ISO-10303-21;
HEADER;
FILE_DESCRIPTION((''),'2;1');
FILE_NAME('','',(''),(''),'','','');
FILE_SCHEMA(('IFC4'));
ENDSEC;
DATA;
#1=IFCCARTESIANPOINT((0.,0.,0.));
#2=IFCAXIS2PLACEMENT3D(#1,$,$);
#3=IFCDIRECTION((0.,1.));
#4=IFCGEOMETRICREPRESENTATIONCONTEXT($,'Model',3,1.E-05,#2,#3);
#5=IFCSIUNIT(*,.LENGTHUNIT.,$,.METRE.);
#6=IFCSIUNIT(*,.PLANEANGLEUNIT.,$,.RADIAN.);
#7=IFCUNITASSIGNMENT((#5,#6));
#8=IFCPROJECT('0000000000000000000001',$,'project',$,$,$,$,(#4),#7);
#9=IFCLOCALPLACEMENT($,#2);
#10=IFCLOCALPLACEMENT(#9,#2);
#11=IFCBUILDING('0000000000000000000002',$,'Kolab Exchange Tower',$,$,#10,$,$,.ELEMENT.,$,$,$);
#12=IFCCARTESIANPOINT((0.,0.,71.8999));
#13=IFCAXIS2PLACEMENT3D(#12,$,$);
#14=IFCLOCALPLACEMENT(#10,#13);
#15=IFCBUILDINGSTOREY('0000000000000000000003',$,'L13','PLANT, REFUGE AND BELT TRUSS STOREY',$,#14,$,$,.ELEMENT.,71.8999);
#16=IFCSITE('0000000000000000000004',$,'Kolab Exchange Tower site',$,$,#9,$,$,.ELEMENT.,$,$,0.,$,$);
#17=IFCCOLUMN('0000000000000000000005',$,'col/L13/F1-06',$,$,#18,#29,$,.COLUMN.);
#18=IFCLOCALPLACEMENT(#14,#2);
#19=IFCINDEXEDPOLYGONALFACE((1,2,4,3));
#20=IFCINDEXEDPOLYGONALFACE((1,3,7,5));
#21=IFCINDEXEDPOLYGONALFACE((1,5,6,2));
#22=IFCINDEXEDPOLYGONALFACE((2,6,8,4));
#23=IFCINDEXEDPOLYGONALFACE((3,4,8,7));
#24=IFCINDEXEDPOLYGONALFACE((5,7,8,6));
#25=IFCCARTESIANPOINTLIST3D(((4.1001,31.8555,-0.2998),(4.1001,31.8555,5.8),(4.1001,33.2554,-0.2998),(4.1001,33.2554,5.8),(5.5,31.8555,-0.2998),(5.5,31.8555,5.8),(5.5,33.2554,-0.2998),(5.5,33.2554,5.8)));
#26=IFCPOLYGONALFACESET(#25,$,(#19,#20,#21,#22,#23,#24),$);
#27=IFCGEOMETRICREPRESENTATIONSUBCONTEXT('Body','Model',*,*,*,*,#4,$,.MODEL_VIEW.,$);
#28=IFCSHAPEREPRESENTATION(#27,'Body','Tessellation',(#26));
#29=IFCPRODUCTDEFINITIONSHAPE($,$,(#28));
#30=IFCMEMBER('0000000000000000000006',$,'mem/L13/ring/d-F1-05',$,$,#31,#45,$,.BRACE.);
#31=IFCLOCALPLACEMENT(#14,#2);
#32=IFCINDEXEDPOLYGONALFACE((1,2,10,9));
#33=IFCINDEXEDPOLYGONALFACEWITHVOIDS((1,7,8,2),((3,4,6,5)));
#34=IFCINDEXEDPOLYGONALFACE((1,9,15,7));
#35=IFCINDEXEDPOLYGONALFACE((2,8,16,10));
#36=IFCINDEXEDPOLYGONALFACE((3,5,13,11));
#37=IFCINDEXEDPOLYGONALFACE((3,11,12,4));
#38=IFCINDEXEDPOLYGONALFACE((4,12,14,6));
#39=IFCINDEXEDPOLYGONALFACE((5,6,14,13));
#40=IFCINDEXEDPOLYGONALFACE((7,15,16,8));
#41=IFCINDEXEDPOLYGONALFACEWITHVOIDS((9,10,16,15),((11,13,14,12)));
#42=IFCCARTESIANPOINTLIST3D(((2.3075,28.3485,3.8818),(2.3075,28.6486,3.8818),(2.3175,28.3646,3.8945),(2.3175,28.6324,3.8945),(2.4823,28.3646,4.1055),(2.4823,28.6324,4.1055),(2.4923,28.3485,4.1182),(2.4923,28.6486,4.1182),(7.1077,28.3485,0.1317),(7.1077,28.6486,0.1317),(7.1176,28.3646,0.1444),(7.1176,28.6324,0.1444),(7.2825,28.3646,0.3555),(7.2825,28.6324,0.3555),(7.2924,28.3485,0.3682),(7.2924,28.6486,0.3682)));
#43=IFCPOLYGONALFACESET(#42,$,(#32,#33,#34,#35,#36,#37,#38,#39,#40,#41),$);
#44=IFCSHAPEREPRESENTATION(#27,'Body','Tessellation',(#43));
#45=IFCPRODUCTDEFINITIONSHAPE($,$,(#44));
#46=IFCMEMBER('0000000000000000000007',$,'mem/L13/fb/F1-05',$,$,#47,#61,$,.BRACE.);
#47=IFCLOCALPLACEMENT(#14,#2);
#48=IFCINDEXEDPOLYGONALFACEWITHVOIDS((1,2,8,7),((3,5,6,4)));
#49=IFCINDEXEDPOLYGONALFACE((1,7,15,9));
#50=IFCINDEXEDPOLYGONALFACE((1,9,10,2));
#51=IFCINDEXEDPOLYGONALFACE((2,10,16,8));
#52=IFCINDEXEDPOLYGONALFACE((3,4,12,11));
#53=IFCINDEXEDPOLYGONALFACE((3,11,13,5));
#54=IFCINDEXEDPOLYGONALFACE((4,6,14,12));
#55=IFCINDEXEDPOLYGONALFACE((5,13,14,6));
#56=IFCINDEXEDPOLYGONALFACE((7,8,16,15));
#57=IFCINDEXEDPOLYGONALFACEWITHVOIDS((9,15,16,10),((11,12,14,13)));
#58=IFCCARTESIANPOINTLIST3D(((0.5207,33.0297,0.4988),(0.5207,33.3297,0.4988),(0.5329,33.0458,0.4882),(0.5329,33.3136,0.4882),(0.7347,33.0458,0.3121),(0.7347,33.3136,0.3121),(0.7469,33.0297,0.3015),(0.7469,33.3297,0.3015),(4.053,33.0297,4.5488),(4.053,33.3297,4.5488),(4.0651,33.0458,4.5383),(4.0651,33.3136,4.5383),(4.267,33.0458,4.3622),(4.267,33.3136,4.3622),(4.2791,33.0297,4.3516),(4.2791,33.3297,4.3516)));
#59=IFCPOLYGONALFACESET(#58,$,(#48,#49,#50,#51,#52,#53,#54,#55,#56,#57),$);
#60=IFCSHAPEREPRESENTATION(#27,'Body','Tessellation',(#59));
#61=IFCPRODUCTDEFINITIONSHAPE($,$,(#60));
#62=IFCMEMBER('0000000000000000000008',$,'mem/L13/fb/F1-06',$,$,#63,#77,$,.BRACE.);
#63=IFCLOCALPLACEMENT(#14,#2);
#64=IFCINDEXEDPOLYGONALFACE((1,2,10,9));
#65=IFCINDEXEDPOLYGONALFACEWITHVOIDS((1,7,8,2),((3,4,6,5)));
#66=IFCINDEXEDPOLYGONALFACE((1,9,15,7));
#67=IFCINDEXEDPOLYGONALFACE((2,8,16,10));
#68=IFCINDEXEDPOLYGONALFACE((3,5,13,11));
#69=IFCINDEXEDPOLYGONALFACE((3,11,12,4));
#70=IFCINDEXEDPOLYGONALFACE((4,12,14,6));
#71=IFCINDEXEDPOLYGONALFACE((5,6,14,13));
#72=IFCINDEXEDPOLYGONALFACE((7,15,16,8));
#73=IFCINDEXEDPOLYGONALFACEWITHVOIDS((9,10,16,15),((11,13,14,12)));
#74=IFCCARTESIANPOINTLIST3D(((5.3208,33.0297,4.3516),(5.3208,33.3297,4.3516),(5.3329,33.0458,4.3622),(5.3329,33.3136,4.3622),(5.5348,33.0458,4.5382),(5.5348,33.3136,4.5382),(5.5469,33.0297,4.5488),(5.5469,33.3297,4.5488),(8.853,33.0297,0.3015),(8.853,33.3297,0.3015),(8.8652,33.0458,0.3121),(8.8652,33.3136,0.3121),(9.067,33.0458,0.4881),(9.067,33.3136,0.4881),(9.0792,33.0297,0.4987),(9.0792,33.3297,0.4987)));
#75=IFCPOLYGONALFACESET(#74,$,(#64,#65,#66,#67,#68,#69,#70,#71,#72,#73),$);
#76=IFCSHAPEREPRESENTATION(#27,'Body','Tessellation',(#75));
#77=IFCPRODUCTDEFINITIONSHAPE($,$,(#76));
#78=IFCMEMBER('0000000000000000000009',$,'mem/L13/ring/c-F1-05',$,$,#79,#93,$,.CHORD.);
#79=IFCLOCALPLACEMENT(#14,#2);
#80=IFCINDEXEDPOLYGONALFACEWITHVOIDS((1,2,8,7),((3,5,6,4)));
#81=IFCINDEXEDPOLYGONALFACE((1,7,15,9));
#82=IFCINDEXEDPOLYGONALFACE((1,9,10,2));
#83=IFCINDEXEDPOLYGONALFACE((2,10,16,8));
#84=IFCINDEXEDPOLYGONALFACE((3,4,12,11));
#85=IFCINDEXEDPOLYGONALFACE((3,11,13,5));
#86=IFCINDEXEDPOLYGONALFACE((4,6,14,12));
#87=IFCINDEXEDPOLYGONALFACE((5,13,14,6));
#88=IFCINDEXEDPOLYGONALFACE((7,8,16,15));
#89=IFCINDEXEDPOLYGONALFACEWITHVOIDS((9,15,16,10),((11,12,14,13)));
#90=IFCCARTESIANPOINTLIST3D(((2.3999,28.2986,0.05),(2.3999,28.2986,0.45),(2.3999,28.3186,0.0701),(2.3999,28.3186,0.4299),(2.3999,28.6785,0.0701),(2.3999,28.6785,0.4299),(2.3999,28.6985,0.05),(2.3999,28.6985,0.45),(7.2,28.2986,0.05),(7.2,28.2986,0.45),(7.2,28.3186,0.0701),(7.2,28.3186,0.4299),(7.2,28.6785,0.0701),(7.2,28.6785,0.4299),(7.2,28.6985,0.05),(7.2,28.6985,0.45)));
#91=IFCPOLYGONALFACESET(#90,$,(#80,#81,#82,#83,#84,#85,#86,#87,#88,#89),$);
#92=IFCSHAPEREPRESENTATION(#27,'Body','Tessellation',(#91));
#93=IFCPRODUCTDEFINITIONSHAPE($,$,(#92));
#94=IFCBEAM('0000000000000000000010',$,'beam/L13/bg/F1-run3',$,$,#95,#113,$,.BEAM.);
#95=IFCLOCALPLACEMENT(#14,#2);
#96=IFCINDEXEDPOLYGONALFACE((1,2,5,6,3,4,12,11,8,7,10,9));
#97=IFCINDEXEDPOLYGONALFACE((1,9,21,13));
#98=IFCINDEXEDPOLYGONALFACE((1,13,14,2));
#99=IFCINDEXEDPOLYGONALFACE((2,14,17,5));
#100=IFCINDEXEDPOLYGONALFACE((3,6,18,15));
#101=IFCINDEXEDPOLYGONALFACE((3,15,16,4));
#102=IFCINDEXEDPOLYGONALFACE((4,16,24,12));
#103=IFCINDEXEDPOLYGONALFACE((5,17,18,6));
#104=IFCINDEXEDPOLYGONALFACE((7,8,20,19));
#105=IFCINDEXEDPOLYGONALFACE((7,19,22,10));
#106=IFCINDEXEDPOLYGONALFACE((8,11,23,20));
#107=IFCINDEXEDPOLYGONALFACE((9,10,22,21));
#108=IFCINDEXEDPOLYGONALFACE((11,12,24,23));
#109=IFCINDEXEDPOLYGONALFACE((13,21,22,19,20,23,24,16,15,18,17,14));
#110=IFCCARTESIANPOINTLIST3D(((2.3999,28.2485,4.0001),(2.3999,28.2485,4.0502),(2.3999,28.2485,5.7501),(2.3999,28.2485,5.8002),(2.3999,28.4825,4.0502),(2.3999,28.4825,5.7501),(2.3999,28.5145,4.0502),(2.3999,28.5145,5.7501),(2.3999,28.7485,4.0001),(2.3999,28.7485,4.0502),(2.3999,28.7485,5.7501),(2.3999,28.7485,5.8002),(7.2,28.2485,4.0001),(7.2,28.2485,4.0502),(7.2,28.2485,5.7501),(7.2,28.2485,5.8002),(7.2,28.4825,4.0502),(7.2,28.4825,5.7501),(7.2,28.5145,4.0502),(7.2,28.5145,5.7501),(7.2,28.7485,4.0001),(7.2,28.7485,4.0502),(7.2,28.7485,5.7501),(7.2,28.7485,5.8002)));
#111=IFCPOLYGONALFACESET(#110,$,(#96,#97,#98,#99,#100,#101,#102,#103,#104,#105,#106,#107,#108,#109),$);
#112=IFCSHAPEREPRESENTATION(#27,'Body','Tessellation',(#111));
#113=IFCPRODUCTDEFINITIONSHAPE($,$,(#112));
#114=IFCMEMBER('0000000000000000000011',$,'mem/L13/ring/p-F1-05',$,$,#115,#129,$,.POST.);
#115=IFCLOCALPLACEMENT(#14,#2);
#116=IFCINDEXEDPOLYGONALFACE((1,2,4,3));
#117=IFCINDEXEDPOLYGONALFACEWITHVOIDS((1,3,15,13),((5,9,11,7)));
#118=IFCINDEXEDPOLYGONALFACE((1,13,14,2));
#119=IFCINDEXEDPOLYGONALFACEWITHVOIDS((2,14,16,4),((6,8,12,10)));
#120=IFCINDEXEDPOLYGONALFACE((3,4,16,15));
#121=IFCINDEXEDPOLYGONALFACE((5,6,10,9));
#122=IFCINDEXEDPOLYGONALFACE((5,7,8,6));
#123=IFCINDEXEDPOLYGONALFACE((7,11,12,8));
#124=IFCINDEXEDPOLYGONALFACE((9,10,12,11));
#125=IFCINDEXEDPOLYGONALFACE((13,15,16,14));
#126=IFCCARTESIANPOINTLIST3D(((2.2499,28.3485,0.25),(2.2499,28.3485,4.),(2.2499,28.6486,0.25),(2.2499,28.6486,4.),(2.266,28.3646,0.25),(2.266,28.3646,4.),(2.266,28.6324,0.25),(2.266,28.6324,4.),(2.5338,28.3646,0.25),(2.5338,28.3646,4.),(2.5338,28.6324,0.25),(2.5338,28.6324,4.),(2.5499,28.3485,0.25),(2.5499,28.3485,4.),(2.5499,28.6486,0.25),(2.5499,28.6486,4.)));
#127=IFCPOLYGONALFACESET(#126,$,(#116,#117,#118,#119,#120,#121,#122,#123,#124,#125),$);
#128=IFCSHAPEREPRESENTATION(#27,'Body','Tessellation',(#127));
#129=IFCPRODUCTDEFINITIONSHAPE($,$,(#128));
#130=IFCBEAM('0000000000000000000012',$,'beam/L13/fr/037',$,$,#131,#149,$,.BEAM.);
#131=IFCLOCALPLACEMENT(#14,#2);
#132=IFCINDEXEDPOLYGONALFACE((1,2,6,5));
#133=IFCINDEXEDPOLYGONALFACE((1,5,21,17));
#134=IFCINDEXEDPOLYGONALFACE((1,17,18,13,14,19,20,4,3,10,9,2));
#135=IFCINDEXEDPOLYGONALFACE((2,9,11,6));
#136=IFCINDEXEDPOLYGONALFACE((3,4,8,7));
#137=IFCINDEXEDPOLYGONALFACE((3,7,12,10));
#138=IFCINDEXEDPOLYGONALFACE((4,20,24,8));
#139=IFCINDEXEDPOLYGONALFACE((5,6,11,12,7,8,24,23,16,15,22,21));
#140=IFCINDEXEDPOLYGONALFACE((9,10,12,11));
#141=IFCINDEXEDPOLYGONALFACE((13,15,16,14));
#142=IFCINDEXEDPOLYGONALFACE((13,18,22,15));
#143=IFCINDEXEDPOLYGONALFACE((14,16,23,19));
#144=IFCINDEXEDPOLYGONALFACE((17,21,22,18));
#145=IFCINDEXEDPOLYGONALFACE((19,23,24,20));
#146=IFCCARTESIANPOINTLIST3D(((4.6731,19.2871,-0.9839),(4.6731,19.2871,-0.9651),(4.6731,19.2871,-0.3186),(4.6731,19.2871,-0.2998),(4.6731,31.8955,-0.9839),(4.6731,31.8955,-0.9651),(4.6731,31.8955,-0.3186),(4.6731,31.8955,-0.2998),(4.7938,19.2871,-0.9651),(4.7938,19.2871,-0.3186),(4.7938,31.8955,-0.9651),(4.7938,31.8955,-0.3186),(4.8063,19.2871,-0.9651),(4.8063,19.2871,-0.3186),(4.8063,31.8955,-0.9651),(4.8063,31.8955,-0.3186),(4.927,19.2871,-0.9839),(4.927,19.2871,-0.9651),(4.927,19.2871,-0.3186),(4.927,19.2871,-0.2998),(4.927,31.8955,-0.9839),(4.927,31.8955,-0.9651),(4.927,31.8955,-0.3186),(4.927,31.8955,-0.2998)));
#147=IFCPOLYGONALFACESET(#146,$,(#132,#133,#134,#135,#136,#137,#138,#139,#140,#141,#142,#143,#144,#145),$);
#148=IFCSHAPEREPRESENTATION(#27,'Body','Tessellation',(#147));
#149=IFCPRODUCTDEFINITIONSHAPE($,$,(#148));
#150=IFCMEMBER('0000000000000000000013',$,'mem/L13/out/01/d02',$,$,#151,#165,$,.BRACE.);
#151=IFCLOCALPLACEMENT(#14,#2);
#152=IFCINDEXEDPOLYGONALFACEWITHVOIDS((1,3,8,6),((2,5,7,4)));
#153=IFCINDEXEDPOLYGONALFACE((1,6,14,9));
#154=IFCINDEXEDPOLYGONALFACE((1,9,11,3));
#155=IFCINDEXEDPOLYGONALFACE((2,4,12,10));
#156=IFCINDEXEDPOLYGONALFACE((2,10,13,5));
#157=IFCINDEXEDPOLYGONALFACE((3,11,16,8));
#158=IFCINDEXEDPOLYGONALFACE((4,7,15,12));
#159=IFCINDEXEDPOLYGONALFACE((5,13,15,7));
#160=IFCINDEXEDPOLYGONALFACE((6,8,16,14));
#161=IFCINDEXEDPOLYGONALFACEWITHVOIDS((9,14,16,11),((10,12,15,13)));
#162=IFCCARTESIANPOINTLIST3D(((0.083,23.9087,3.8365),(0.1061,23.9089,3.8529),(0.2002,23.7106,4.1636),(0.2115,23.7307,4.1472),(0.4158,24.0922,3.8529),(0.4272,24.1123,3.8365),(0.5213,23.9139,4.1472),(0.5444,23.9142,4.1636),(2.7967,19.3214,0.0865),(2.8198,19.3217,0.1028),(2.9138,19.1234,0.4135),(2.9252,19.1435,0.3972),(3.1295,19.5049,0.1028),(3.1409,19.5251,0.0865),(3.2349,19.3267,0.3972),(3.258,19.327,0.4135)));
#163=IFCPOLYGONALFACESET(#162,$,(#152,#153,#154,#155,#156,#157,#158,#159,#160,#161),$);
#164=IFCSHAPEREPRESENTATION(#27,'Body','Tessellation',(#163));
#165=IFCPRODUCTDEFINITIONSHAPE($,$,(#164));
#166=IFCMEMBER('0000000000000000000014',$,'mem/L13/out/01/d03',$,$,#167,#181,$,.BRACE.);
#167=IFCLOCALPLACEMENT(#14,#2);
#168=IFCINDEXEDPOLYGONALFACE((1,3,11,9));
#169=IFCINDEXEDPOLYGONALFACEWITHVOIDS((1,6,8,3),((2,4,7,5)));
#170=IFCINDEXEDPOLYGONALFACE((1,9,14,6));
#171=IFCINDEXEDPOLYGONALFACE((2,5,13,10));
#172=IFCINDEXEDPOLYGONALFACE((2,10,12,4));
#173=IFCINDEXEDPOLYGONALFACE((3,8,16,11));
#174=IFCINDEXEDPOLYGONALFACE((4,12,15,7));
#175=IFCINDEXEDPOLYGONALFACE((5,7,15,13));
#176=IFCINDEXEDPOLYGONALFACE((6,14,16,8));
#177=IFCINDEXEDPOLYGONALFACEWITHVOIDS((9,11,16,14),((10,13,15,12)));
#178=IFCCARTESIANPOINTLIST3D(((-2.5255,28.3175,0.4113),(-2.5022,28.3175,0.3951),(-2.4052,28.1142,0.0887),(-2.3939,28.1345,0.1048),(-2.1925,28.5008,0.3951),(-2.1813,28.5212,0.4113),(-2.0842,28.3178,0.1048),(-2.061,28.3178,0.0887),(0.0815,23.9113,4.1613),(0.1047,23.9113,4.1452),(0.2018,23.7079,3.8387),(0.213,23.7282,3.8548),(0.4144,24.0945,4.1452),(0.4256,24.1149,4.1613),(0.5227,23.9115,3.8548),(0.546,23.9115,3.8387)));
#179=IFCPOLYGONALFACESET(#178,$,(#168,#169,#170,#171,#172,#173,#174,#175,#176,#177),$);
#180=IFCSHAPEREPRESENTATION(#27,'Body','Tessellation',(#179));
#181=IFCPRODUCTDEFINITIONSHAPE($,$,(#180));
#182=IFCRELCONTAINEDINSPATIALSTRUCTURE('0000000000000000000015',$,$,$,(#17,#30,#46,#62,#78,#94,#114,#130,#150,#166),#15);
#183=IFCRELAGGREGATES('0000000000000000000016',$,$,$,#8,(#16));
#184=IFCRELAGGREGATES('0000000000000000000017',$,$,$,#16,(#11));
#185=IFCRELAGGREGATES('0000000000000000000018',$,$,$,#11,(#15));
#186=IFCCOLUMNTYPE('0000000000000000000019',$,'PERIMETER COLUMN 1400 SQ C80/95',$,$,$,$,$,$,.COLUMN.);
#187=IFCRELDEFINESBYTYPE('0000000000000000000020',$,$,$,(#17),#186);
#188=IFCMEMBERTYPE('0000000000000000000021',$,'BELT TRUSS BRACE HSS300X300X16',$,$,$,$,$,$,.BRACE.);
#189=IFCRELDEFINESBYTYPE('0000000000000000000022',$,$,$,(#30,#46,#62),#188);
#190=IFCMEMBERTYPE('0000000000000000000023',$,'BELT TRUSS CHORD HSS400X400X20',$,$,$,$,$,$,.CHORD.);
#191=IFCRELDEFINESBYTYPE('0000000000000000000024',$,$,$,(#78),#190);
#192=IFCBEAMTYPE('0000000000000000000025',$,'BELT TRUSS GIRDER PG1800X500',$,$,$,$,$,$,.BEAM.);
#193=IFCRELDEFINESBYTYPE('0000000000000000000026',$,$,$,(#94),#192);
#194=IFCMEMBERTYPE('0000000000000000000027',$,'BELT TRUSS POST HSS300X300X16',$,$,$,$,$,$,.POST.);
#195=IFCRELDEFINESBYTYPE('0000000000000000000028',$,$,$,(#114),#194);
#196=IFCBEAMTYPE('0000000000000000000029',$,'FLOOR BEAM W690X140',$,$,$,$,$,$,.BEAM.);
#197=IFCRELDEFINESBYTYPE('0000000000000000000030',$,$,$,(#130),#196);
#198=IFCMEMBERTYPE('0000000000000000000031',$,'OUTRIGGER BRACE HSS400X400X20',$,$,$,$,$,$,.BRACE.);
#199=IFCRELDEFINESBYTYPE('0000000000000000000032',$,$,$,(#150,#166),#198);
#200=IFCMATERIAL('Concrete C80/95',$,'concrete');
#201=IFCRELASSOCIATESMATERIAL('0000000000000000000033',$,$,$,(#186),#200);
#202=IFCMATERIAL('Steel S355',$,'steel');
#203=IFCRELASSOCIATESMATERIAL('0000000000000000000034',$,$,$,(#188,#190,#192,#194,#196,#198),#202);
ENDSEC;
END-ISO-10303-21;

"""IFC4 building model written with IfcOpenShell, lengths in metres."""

from ifc_helpers import new_model, si_unit, direction, frame, origin, origin_2d, place, context, subcontext, project, spatial, rectangle, hollow_rectangle, i_section, extrude, material, material_profile, profile_set, type_object, element, save


model = new_model("IFC4")

# Units and contexts
model_context = context("Model", 3, precision=1e-05, world=origin(), true_north=direction((0.0, 1.0)))
body_context = subcontext(model_context, "Body", "Model", "MODEL_VIEW")
ifc_project = project(units=[si_unit("LENGTHUNIT", "METRE"), si_unit("PLANEANGLEUNIT", "RADIAN")], contexts=[model_context])

# Site, building, storey
site_placement = place(None, origin())
site = spatial("IfcSite", under=ifc_project, at=site_placement, Name="Kolab Exchange Tower site", CompositionType="ELEMENT", RefElevation=0.0)
building_placement = place(site_placement, origin())
building = spatial("IfcBuilding", under=site, at=building_placement, Name="Kolab Exchange Tower", CompositionType="ELEMENT")
storey_placement = place(building_placement, frame((0.0, 0.0, 71.8999)))
storey = spatial("IfcBuildingStorey", under=building, at=storey_placement, Name="L13", Description="PLANT, REFUGE AND BELT TRUSS STOREY", CompositionType="ELEMENT", Elevation=71.8999)

# Column
ifc_material_1 = material(Name="Concrete C80/95", Category="concrete")
ifc_material_profile_1 = material_profile(ifc_material_1, rectangle(XDim=1.3999, YDim=1.3999, at=origin_2d()), Name="RC1400")
ifc_profile_set_1 = profile_set([ifc_material_profile_1], Name="Concrete C80/95")
column_type = type_object("IfcColumnType", Name="PERIMETER COLUMN 1400 SQ C80/95", PredefinedType="COLUMN", material=ifc_profile_set_1)
column_placement = place(storey_placement, frame((4.8, 32.5554, -0.2998), z_axis=(0.0, 0.0, 1.0), x_axis=(1.0, 0.0, 0.0)))
element("IfcColumn", 1, at=column_placement, inside=storey, type_object=column_type, Name="col/L13/F1-06", PredefinedType="COLUMN", context=body_context, shape_type="SweptSolid", body=[
    extrude(rectangle(XDim=1.3999, YDim=1.3999, at=origin_2d()), origin(), (0.0, 0.0, 1.0), 6.0999),
])

# Members
ifc_material_2 = material(Name="Steel S355", Category="steel")
ifc_material_profile_2 = material_profile(ifc_material_2, hollow_rectangle(XDim=0.3, YDim=0.3, WallThickness=0.0161, at=origin_2d()), Name="HSS300X300X16")
ifc_profile_set_2 = profile_set([ifc_material_profile_2], Name="Steel S355")
member_type_1 = type_object("IfcMemberType", Name="BELT TRUSS BRACE HSS300X300X16", PredefinedType="BRACE", material=ifc_profile_set_2)
member_1_placement = place(storey_placement, frame((2.3999, 28.4985, 4.0), z_axis=(0.788027, 0.0, -0.61564), x_axis=(0.0, 1.0, 0.0)))
element("IfcMember", 2, at=member_1_placement, inside=storey, type_object=member_type_1, Name="mem/L13/ring/d-F1-05", PredefinedType="BRACE", context=body_context, shape_type="SweptSolid", body=[
    extrude(hollow_rectangle(XDim=0.3, YDim=0.3, WallThickness=0.0161, at=origin_2d()), origin(), (0.0, 0.0, 1.0), 6.0913),
])
for number, where, z_axis, x_axis, name in (
    (3, (0.6338, 33.1797, 0.4001), (0.657285, 0.0, 0.753642), (0.0, 1.0, 0.0), "mem/L13/fb/F1-05"),
    (4, (5.4338, 33.1797, 4.4502), (0.657285, 0.0, -0.753642), (0.0, 1.0, 0.0), "mem/L13/fb/F1-06"),
):
    element("IfcMember", number, at=place(storey_placement, frame(where, z_axis=z_axis, x_axis=x_axis)), inside=storey, type_object=member_type_1, Name=name, PredefinedType="BRACE", context=body_context, shape_type="SweptSolid", body=[
        extrude(hollow_rectangle(XDim=0.3, YDim=0.3, WallThickness=0.0161, at=origin_2d()), origin(), (0.0, 0.0, 1.0), 5.374),
    ])
ifc_material_profile_3 = material_profile(ifc_material_2, hollow_rectangle(XDim=0.3999, YDim=0.3999, WallThickness=0.02, at=origin_2d()), Name="HSS400X400X20")
ifc_profile_set_3 = profile_set([ifc_material_profile_3], Name="Steel S355")
member_type_2 = type_object("IfcMemberType", Name="BELT TRUSS CHORD HSS400X400X20", PredefinedType="CHORD", material=ifc_profile_set_3)
member_2_placement = place(storey_placement, frame((2.3999, 28.4985, 0.25), z_axis=(1.0, 0.0, 0.0), x_axis=(0.0, 1.0, 0.0)))
element("IfcMember", 5, at=member_2_placement, inside=storey, type_object=member_type_2, Name="mem/L13/ring/c-F1-05", PredefinedType="CHORD", context=body_context, shape_type="SweptSolid", body=[
    extrude(hollow_rectangle(XDim=0.3999, YDim=0.3999, WallThickness=0.02, at=origin_2d()), origin(), (0.0, 0.0, 1.0), 4.8),
])

# Beam
ifc_material_profile_4 = material_profile(ifc_material_2, i_section(OverallWidth=0.5, OverallDepth=1.8, WebThickness=0.032, FlangeThickness=0.05, at=origin_2d()), Name="PG1800X500")
ifc_profile_set_4 = profile_set([ifc_material_profile_4], Name="Steel S355")
beam_type_1 = type_object("IfcBeamType", Name="BELT TRUSS GIRDER PG1800X500", PredefinedType="BEAM", material=ifc_profile_set_4)
beam_1_placement = place(storey_placement, frame((2.3999, 28.4985, 4.9001), z_axis=(1.0, 0.0, 0.0), x_axis=(0.0, 1.0, 0.0)))
element("IfcBeam", 6, at=beam_1_placement, inside=storey, type_object=beam_type_1, Name="beam/L13/bg/F1-run3", PredefinedType="BEAM", context=body_context, shape_type="SweptSolid", body=[
    extrude(i_section(OverallWidth=0.5, OverallDepth=1.8, WebThickness=0.032, FlangeThickness=0.05, at=origin_2d()), origin(), (0.0, 0.0, 1.0), 4.8),
])

# Member
ifc_material_profile_5 = material_profile(ifc_material_2, hollow_rectangle(XDim=0.3, YDim=0.3, WallThickness=0.0161, at=origin_2d()), Name="HSS300X300X16")
ifc_profile_set_5 = profile_set([ifc_material_profile_5], Name="Steel S355")
member_type_3 = type_object("IfcMemberType", Name="BELT TRUSS POST HSS300X300X16", PredefinedType="POST", material=ifc_profile_set_5)
member_3_placement = place(storey_placement, frame((2.3999, 28.4985, 0.25), z_axis=(0.0, 0.0, 1.0), x_axis=(1.0, 0.0, 0.0)))
element("IfcMember", 7, at=member_3_placement, inside=storey, type_object=member_type_3, Name="mem/L13/ring/p-F1-05", PredefinedType="POST", context=body_context, shape_type="SweptSolid", body=[
    extrude(hollow_rectangle(XDim=0.3, YDim=0.3, WallThickness=0.0161, at=origin_2d()), origin(), (0.0, 0.0, 1.0), 3.75),
])

# Beam
ifc_material_profile_6 = material_profile(ifc_material_2, i_section(OverallWidth=0.2539, OverallDepth=0.6841, WebThickness=0.0125, FlangeThickness=0.0188, at=origin_2d()), Name="W690X140")
ifc_profile_set_6 = profile_set([ifc_material_profile_6], Name="Steel S355")
beam_type_2 = type_object("IfcBeamType", Name="FLOOR BEAM W690X140", PredefinedType="BEAM", material=ifc_profile_set_6)
beam_2_placement = place(storey_placement, frame((4.8, 19.2871, -0.6418), z_axis=(0.0, 1.0, 0.0), x_axis=(-1.0, 0.0, 0.0)))
element("IfcBeam", 8, at=beam_2_placement, inside=storey, type_object=beam_type_2, Name="beam/L13/fr/037", PredefinedType="BEAM", context=body_context, shape_type="SweptSolid", body=[
    extrude(i_section(OverallWidth=0.2539, OverallDepth=0.6841, WebThickness=0.0125, FlangeThickness=0.0188, at=origin_2d()), origin(), (0.0, 0.0, 1.0), 12.6084),
])

# Members
ifc_material_profile_7 = material_profile(ifc_material_2, hollow_rectangle(XDim=0.3999, YDim=0.3999, WallThickness=0.02, at=origin_2d()), Name="HSS400X400X20")
ifc_profile_set_7 = profile_set([ifc_material_profile_7], Name="Steel S355")
member_type_4 = type_object("IfcMemberType", Name="OUTRIGGER BRACE HSS400X400X20", PredefinedType="BRACE", material=ifc_profile_set_7)
member_4_placement = place(storey_placement, frame((3.0273, 19.3242, 0.25), z_axis=(-0.416406, 0.703901, 0.575439), x_axis=(-0.860677, -0.509151, 0.0)))
element("IfcMember", 9, at=member_4_placement, inside=storey, type_object=member_type_4, Name="mem/L13/out/01/d02", PredefinedType="BRACE", context=body_context, shape_type="SweptSolid", body=[
    extrude(hollow_rectangle(XDim=0.3999, YDim=0.3999, WallThickness=0.02, at=origin_2d()), origin(), (0.0, 0.0, 1.0), 6.5168),
])
member_5_placement = place(storey_placement, frame((0.3137, 23.9114, 4.0), z_axis=(-0.41079, 0.694318, -0.590909), x_axis=(-0.860649, -0.509198, 0.0)))
element("IfcMember", 10, at=member_5_placement, inside=storey, type_object=member_type_4, Name="mem/L13/out/01/d03", PredefinedType="BRACE", context=body_context, shape_type="SweptSolid", body=[
    extrude(hollow_rectangle(XDim=0.3999, YDim=0.3999, WallThickness=0.02, at=origin_2d()), origin(), (0.0, 0.0, 1.0), 6.3462),
])

save(model, "model.ifc")
